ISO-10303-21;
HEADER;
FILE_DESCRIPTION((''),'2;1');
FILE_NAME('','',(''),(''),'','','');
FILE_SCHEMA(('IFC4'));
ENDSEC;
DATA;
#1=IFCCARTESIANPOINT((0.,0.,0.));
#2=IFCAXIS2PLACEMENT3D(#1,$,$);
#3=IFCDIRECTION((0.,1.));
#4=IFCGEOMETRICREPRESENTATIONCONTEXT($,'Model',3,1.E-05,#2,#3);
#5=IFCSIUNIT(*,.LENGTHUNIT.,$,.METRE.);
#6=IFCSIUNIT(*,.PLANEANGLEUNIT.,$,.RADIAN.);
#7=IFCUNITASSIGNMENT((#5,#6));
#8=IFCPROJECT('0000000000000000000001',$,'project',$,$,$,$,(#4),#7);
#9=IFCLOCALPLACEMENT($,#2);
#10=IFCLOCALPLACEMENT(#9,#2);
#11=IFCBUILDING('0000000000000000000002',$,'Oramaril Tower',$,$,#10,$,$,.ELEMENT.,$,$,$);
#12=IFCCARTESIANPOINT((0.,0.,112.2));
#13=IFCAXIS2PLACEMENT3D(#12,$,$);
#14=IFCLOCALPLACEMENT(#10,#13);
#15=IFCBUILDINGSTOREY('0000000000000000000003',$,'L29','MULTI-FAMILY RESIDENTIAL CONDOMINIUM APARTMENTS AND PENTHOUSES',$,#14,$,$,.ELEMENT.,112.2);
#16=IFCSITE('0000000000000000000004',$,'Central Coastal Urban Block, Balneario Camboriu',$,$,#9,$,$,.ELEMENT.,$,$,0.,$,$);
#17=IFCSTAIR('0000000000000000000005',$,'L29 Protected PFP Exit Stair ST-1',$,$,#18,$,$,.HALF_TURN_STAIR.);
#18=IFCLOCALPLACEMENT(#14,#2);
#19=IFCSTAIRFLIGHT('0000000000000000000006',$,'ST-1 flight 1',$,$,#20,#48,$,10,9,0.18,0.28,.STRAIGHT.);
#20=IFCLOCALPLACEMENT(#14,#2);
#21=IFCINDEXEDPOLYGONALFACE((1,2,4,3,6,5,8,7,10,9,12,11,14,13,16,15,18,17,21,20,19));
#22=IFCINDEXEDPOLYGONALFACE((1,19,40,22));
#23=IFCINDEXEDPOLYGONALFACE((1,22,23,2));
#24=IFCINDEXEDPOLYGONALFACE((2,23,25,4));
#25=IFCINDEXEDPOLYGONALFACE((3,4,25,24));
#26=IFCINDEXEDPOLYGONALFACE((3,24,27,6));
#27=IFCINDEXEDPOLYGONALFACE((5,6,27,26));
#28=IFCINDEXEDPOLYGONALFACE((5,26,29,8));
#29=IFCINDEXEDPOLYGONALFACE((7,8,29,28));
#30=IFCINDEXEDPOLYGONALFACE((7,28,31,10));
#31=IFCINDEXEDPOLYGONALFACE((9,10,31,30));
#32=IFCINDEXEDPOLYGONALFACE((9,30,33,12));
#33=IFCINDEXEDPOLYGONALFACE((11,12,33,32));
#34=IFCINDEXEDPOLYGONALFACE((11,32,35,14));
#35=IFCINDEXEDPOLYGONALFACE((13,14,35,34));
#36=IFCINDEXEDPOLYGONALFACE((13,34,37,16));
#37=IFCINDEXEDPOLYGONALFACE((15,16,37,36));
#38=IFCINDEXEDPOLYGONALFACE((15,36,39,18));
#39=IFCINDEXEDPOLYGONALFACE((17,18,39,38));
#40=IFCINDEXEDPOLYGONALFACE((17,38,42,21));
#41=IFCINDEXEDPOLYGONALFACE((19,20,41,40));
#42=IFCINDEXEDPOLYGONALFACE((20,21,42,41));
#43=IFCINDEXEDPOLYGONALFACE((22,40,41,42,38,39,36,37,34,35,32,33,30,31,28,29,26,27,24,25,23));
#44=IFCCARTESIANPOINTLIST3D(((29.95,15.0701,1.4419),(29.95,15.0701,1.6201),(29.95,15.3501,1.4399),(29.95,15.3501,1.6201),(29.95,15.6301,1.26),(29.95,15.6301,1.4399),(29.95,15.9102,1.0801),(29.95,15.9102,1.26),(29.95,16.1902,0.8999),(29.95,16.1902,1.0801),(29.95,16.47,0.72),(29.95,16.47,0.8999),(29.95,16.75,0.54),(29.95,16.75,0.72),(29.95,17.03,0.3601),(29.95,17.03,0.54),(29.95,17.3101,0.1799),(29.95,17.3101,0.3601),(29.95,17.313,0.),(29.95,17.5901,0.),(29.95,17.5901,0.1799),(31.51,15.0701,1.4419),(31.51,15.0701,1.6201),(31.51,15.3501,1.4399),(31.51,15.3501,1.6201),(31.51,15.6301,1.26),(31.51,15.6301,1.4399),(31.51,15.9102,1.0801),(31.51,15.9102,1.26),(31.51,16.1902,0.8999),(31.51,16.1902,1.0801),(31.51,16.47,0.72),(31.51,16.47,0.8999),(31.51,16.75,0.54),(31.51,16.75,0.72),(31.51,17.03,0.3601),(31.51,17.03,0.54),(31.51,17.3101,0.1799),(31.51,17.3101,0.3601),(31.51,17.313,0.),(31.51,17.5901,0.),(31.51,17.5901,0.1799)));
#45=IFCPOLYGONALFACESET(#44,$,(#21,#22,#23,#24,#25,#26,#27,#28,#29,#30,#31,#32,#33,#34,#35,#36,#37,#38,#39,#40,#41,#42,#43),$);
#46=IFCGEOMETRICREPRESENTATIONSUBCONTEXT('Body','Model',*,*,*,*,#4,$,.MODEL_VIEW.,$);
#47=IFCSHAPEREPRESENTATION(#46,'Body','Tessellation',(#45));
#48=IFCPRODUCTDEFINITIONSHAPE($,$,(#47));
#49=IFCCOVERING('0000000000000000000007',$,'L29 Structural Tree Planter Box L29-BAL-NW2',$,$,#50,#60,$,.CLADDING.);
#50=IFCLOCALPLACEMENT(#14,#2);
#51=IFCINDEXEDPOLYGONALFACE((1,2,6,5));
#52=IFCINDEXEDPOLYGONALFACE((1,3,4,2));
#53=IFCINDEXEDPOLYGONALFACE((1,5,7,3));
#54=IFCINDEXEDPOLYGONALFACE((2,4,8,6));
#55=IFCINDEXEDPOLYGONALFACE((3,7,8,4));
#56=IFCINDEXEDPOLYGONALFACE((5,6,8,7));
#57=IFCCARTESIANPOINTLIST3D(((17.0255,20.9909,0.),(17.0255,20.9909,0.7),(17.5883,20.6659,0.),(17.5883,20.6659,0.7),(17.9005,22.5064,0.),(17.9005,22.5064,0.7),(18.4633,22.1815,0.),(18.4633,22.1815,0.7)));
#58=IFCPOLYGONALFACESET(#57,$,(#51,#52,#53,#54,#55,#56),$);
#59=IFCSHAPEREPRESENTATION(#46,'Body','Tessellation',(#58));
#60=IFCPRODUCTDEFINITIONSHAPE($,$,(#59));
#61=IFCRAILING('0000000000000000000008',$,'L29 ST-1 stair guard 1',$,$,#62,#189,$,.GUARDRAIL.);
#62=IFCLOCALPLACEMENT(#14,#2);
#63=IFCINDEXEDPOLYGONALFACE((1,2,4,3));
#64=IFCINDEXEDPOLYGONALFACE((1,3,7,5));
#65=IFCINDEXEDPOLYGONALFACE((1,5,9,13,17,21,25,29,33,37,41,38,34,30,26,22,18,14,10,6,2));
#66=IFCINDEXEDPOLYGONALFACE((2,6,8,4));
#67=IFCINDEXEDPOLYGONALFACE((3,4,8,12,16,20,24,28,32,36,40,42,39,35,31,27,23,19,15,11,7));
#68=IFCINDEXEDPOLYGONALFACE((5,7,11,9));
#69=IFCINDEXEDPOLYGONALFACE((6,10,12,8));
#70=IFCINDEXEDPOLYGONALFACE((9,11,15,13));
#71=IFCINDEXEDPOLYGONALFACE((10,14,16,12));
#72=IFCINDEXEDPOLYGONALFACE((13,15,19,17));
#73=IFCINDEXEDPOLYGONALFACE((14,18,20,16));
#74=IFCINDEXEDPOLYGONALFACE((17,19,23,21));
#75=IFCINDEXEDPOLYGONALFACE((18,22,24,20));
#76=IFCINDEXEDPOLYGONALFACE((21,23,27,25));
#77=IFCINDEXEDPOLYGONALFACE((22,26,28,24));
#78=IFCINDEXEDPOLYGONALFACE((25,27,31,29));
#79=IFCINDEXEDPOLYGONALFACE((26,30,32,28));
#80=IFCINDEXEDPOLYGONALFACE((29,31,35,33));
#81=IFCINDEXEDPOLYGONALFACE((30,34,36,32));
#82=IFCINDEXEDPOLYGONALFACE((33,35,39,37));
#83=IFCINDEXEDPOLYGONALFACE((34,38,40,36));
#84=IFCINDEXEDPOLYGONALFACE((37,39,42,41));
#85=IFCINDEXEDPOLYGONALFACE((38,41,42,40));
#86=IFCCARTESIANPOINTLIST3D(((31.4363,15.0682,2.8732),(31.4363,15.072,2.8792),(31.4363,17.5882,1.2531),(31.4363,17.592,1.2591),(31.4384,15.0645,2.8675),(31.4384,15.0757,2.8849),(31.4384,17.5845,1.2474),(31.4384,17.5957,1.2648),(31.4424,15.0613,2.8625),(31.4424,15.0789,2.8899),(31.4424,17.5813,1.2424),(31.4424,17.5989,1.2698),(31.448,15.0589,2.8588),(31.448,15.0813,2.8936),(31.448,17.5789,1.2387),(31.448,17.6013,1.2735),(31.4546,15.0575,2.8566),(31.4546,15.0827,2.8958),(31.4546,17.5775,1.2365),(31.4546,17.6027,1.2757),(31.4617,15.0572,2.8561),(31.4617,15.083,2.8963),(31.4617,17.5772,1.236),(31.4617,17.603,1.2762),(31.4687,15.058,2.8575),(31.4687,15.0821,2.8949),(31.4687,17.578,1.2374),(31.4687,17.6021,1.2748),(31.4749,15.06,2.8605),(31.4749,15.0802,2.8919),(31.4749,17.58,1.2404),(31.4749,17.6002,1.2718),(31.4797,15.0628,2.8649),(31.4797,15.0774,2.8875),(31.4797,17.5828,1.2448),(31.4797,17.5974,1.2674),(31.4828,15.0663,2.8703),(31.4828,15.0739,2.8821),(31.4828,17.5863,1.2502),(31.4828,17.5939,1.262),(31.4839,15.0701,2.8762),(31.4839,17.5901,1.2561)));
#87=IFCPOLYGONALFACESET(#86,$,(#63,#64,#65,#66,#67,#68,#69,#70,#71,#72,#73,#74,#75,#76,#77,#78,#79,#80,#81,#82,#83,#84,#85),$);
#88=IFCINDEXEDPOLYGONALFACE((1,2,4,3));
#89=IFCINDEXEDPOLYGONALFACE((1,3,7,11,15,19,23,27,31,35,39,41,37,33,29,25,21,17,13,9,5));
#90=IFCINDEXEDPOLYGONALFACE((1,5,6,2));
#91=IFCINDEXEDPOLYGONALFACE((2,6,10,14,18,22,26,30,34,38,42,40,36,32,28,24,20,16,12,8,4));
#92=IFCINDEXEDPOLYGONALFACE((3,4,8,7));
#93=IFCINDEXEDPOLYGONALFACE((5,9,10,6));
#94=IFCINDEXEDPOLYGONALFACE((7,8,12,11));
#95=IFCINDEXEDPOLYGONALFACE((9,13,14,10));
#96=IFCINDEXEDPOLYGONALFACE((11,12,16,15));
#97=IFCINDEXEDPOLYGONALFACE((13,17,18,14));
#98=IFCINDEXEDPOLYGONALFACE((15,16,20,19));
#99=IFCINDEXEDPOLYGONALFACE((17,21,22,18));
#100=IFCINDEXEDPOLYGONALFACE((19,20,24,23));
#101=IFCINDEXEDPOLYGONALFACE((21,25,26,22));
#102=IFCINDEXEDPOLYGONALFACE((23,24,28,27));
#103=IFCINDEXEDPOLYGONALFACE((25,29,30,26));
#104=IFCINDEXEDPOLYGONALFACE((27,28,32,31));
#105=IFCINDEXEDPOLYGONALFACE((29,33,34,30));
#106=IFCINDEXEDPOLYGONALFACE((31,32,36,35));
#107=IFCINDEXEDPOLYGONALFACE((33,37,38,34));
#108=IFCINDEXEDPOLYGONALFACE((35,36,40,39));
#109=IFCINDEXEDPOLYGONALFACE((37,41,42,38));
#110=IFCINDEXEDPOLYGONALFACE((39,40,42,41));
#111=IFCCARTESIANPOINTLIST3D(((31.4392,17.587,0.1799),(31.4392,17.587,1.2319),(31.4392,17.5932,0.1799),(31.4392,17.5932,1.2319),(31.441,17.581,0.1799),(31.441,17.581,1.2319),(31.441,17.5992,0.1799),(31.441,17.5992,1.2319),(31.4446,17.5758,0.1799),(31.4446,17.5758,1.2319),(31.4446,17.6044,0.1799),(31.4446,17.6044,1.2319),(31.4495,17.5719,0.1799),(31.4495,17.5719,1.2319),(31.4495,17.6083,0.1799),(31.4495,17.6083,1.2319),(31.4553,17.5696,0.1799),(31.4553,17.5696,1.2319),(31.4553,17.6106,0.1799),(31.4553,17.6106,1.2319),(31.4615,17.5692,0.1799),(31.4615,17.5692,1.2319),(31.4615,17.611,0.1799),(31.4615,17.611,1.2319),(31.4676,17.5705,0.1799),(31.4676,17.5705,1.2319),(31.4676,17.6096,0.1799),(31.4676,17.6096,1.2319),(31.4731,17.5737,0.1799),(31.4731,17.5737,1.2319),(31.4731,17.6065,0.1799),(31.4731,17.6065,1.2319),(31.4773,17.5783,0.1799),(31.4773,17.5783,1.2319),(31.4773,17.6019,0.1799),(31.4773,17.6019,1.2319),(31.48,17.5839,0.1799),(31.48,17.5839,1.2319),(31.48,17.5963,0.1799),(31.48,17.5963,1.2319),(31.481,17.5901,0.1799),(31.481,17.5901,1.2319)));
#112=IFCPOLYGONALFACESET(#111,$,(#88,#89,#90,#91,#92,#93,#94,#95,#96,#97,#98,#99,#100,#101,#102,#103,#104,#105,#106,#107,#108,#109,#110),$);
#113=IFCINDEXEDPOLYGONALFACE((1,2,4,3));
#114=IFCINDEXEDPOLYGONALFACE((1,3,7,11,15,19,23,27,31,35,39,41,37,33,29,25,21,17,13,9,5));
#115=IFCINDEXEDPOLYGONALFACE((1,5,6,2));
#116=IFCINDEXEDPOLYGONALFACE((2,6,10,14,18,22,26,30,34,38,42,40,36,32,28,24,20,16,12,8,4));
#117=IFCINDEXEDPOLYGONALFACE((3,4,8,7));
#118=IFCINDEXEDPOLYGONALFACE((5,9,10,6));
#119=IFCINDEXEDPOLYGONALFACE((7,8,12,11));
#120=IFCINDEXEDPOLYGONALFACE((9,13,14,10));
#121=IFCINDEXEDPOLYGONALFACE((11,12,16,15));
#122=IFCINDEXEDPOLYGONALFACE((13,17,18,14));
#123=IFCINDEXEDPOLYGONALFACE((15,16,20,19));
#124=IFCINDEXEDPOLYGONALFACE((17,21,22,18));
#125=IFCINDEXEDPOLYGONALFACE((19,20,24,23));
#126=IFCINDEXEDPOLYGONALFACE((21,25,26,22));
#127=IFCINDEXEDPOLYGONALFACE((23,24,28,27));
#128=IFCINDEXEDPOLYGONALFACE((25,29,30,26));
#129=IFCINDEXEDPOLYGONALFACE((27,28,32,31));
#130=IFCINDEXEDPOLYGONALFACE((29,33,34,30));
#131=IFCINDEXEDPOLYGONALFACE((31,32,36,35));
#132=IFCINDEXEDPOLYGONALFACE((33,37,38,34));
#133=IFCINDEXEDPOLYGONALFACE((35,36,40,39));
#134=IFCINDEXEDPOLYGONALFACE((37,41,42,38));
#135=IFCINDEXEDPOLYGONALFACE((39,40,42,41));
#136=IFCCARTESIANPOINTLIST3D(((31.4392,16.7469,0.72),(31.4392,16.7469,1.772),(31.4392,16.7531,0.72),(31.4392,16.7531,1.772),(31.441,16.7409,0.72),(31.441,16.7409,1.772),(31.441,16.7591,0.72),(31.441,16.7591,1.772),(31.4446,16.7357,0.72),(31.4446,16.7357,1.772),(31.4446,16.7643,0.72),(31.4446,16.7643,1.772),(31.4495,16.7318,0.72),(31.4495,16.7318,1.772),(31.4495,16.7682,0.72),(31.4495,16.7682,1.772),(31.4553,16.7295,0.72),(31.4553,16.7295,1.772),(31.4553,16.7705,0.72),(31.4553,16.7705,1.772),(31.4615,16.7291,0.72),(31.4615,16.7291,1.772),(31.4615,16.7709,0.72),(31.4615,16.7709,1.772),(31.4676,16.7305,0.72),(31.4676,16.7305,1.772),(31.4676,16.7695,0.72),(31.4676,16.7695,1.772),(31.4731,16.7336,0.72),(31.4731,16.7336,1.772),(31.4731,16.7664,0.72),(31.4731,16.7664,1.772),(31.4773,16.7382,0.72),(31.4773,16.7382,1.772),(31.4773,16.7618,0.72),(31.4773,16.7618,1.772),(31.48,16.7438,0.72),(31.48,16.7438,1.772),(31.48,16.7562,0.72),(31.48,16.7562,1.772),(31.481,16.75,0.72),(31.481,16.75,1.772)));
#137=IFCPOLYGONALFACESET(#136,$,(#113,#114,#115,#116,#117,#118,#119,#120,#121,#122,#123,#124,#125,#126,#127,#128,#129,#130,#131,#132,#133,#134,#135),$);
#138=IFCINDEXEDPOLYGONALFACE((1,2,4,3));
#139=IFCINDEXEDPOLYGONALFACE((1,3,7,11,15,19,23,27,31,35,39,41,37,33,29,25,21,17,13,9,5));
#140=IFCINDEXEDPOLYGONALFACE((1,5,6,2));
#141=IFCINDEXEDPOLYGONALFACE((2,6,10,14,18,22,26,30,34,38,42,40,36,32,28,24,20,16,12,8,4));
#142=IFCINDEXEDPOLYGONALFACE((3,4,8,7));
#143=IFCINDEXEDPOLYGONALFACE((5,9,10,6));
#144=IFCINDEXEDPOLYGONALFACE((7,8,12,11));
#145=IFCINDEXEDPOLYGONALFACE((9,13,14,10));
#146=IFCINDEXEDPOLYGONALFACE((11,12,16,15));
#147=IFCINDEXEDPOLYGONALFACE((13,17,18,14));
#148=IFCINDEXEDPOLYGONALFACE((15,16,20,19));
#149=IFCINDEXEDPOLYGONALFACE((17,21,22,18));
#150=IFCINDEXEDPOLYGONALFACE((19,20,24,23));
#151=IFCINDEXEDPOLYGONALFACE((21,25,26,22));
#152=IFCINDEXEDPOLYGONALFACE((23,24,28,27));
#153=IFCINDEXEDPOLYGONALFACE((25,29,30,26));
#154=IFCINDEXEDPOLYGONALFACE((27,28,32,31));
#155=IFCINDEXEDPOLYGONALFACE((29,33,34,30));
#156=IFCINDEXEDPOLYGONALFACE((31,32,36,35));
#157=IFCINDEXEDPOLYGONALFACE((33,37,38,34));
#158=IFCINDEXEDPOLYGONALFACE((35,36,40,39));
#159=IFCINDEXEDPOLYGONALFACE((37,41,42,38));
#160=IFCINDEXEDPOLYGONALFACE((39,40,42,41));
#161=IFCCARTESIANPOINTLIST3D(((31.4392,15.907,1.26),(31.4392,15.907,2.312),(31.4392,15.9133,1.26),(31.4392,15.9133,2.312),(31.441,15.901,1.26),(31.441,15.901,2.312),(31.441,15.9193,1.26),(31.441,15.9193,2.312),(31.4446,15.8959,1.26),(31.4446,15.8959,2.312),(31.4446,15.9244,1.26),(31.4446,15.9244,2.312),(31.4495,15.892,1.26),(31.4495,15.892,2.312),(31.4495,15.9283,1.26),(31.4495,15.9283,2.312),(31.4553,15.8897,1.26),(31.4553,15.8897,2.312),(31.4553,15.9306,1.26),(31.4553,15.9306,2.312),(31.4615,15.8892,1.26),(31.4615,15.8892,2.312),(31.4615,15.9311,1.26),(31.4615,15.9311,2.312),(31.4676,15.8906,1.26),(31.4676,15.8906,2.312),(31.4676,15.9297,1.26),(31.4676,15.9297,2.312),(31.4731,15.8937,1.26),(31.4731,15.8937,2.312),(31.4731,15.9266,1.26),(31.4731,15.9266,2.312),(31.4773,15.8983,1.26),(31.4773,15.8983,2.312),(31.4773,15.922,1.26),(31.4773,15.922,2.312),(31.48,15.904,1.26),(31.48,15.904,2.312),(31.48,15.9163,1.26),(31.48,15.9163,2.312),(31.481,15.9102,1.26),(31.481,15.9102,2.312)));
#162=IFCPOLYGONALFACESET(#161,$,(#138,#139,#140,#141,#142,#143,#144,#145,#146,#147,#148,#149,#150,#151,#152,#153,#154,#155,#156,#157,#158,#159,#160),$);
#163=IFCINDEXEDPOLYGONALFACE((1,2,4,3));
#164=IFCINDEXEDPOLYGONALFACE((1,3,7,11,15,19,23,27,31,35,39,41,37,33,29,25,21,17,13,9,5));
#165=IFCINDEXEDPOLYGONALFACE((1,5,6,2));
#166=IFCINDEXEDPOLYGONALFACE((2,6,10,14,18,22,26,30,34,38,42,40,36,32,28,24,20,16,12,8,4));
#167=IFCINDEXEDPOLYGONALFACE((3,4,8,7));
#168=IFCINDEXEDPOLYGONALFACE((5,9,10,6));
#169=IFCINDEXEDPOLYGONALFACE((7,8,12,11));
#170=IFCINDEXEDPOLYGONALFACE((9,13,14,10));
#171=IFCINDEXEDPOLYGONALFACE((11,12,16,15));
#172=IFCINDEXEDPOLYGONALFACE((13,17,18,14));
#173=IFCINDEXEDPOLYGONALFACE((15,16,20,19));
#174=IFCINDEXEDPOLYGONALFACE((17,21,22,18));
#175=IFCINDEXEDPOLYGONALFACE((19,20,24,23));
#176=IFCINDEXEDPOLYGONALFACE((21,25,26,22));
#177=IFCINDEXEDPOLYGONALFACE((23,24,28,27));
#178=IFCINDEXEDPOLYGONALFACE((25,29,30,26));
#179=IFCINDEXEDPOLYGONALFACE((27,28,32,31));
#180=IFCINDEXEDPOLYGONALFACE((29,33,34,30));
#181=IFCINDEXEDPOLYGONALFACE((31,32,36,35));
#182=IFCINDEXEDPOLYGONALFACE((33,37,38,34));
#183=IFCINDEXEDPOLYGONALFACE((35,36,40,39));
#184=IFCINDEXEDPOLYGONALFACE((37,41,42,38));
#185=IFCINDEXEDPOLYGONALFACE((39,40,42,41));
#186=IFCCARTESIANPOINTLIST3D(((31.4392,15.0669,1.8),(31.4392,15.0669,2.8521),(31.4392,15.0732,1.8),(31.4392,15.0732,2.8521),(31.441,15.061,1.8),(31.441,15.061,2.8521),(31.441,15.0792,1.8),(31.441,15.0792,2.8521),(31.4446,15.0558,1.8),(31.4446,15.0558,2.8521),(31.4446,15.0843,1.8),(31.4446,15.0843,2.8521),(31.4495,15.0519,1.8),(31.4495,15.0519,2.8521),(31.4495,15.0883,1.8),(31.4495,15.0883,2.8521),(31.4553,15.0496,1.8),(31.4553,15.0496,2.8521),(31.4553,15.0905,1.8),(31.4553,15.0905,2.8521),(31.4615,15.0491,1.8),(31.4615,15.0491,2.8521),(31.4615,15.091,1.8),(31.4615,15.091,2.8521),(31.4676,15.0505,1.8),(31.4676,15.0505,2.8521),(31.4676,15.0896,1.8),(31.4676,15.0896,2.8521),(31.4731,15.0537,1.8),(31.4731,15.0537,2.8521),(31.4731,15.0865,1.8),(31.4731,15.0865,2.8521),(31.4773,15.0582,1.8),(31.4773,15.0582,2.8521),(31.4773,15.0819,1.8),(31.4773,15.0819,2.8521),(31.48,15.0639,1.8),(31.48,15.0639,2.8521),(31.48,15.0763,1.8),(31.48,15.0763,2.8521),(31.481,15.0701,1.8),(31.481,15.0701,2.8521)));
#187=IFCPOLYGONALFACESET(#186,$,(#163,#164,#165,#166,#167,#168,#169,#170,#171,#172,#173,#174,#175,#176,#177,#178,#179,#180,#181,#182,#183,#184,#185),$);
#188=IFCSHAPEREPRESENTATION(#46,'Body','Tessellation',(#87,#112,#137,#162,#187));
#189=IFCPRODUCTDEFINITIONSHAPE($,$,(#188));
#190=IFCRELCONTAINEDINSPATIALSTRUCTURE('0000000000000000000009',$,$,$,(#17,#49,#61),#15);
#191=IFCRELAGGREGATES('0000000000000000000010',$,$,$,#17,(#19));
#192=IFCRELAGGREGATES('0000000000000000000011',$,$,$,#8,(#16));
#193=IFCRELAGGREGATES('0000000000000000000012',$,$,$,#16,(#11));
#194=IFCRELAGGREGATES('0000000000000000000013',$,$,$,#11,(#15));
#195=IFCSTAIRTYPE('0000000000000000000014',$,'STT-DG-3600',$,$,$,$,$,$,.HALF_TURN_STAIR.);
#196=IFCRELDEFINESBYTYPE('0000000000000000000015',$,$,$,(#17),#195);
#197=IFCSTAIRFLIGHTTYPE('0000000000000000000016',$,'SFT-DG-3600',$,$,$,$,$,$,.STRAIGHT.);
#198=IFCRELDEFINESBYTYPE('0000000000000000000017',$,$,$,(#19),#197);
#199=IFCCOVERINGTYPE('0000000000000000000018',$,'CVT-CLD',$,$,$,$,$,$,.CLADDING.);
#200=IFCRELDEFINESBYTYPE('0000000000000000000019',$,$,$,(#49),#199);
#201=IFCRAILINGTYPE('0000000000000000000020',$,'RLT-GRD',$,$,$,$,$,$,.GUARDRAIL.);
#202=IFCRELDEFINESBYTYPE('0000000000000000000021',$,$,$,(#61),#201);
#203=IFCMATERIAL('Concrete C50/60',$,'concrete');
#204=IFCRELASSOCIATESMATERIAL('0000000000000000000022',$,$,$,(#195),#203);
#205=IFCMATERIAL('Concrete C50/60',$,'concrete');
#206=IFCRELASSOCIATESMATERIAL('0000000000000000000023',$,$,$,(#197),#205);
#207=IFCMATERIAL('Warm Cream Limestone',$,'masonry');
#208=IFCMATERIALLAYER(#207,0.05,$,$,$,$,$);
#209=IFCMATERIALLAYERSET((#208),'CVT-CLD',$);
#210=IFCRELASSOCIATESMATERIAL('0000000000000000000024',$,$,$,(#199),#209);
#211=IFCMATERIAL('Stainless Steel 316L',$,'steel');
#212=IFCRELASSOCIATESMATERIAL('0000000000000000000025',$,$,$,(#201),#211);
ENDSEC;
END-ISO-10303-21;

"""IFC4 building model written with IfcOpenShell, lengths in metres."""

from ifc_helpers import new_model, si_unit, direction, frame, origin, origin_2d, place, context, subcontext, project, spatial, polyline, rectangle, circle, outline, extrude, material, layer, layer_set, type_object, element, aggregate, save


model = new_model("IFC4")

# Units and contexts
model_context = context("Model", 3, precision=1e-05, world=origin(), true_north=direction((0.0, 1.0)))
body_context = subcontext(model_context, "Body", "Model", "MODEL_VIEW")
ifc_project = project(units=[si_unit("LENGTHUNIT", "METRE"), si_unit("PLANEANGLEUNIT", "RADIAN")], contexts=[model_context])

# Site, building, storey
site_placement = place(None, origin())
site = spatial("IfcSite", under=ifc_project, at=site_placement, Name="Central Coastal Urban Block, Balneario Camboriu", CompositionType="ELEMENT", RefElevation=0.0)
building_placement = place(site_placement, origin())
building = spatial("IfcBuilding", under=site, at=building_placement, Name="Oramaril Tower", CompositionType="ELEMENT")
storey_placement = place(building_placement, frame((0.0, 0.0, 112.2)))
storey = spatial("IfcBuildingStorey", under=building, at=storey_placement, Name="L29", Description="MULTI-FAMILY RESIDENTIAL CONDOMINIUM APARTMENTS AND PENTHOUSES", CompositionType="ELEMENT", Elevation=112.2)

# Stair, stair flight
ifc_material_1 = material(Name="Concrete C50/60", Category="concrete")
stair_type = type_object("IfcStairType", Name="STT-DG-3600", PredefinedType="HALF_TURN_STAIR", material=ifc_material_1)
stair_placement = place(storey_placement, origin())
stair = element("IfcStair", 1, at=stair_placement, inside=storey, type_object=stair_type, Name="L29 Protected PFP Exit Stair ST-1", PredefinedType="HALF_TURN_STAIR")
ifc_material_2 = material(Name="Concrete C50/60", Category="concrete")
stair_flight_type = type_object("IfcStairFlightType", Name="SFT-DG-3600", PredefinedType="STRAIGHT", material=ifc_material_2)
stair_flight_placement = place(storey_placement, frame((30.73, 17.5901, 0.0), z_axis=(0.0, 0.0, 1.0), x_axis=(0.0, -1.0, 0.0)))
stair_flight = element("IfcStairFlight", 2, at=stair_flight_placement, type_object=stair_flight_type, Name="ST-1 flight 1", NumberOfRisers=10, NumberOfTreads=9, PredefinedType="STRAIGHT", RiserHeight=0.18, TreadLength=0.28, context=body_context, shape_type="SweptSolid", body=[
    extrude(outline(polyline([(0.0, 0.0), (0.0, 0.1799), (0.28, 0.1799), (0.28, 0.3601), (0.5601, 0.3601), (0.5601, 0.54), (0.8401, 0.54), (0.8401, 0.72), (1.1201, 0.72), (1.1201, 0.8999), (1.3999, 0.8999), (1.3999, 1.0801), (1.6799, 1.0801), (1.6799, 1.26), (1.96, 1.26), (1.96, 1.4399), (2.24, 1.4399), (2.24, 1.6201), (2.52, 1.6201), (2.52, 1.8), (2.52, 1.4419), (0.2771, 0.0), (0.0, 0.0)])), frame((0.0, 0.78, 0.0), z_axis=(0.0, -1.0, 0.0), x_axis=(1.0, 0.0, 0.0)), (0.0, 0.0, 1.0), 1.5601),
])
aggregate(stair, [stair_flight])

# Covering
ifc_material_3 = material(Name="Warm Cream Limestone", Category="masonry")
ifc_layer_1 = layer(ifc_material_3, 0.05)
ifc_layer_set_1 = layer_set([ifc_layer_1], Name="CVT-CLD")
covering_type = type_object("IfcCoveringType", Name="CVT-CLD", PredefinedType="CLADDING", material=ifc_layer_set_1)
covering_placement = place(storey_placement, frame((17.7444, 21.5862, 0.0), z_axis=(0.0, 0.0, 1.0), x_axis=(-0.5, -0.866025, 0.0)))
element("IfcCovering", 3, at=covering_placement, inside=storey, type_object=covering_type, Name="L29 Structural Tree Planter Box L29-BAL-NW2", PredefinedType="CLADDING", context=body_context, shape_type="SweptSolid", body=[
    extrude(rectangle(XDim=1.75, YDim=0.6499, at=origin_2d()), origin(), (0.0, 0.0, 1.0), 0.7),
])

# Railing
ifc_material_4 = material(Name="Stainless Steel 316L", Category="steel")
railing_type_1 = type_object("IfcRailingType", Name="RLT-GRD", PredefinedType="GUARDRAIL", material=ifc_material_4)
railing_1_placement = place(storey_placement, frame((31.46, 17.5901, 0.1799)))
element("IfcRailing", 4, at=railing_1_placement, inside=storey, type_object=railing_type_1, Name="L29 ST-1 stair guard 1", PredefinedType="GUARDRAIL", context=body_context, shape_type="SweptSolid", body=[
    extrude(circle(Radius=0.0239, at=origin_2d()), frame((0.0, 0.0, 1.0762), z_axis=(0.0, -0.841163, 0.540782), x_axis=(1.0, 0.0, 0.0)), (0.0, 0.0, 1.0), 2.9958),
    extrude(circle(Radius=0.021, at=origin_2d()), origin(), (0.0, 0.0, 1.0), 1.052),
    extrude(circle(Radius=0.021, at=origin_2d()), frame((0.0, -0.8401, 0.54)), (0.0, 0.0, 1.0), 1.052),
    extrude(circle(Radius=0.021, at=origin_2d()), frame((0.0, -1.6799, 1.0801)), (0.0, 0.0, 1.0), 1.052),
    extrude(circle(Radius=0.021, at=origin_2d()), frame((0.0, -2.52, 1.6201)), (0.0, 0.0, 1.0), 1.052),
])

save(model, "model.ifc")
